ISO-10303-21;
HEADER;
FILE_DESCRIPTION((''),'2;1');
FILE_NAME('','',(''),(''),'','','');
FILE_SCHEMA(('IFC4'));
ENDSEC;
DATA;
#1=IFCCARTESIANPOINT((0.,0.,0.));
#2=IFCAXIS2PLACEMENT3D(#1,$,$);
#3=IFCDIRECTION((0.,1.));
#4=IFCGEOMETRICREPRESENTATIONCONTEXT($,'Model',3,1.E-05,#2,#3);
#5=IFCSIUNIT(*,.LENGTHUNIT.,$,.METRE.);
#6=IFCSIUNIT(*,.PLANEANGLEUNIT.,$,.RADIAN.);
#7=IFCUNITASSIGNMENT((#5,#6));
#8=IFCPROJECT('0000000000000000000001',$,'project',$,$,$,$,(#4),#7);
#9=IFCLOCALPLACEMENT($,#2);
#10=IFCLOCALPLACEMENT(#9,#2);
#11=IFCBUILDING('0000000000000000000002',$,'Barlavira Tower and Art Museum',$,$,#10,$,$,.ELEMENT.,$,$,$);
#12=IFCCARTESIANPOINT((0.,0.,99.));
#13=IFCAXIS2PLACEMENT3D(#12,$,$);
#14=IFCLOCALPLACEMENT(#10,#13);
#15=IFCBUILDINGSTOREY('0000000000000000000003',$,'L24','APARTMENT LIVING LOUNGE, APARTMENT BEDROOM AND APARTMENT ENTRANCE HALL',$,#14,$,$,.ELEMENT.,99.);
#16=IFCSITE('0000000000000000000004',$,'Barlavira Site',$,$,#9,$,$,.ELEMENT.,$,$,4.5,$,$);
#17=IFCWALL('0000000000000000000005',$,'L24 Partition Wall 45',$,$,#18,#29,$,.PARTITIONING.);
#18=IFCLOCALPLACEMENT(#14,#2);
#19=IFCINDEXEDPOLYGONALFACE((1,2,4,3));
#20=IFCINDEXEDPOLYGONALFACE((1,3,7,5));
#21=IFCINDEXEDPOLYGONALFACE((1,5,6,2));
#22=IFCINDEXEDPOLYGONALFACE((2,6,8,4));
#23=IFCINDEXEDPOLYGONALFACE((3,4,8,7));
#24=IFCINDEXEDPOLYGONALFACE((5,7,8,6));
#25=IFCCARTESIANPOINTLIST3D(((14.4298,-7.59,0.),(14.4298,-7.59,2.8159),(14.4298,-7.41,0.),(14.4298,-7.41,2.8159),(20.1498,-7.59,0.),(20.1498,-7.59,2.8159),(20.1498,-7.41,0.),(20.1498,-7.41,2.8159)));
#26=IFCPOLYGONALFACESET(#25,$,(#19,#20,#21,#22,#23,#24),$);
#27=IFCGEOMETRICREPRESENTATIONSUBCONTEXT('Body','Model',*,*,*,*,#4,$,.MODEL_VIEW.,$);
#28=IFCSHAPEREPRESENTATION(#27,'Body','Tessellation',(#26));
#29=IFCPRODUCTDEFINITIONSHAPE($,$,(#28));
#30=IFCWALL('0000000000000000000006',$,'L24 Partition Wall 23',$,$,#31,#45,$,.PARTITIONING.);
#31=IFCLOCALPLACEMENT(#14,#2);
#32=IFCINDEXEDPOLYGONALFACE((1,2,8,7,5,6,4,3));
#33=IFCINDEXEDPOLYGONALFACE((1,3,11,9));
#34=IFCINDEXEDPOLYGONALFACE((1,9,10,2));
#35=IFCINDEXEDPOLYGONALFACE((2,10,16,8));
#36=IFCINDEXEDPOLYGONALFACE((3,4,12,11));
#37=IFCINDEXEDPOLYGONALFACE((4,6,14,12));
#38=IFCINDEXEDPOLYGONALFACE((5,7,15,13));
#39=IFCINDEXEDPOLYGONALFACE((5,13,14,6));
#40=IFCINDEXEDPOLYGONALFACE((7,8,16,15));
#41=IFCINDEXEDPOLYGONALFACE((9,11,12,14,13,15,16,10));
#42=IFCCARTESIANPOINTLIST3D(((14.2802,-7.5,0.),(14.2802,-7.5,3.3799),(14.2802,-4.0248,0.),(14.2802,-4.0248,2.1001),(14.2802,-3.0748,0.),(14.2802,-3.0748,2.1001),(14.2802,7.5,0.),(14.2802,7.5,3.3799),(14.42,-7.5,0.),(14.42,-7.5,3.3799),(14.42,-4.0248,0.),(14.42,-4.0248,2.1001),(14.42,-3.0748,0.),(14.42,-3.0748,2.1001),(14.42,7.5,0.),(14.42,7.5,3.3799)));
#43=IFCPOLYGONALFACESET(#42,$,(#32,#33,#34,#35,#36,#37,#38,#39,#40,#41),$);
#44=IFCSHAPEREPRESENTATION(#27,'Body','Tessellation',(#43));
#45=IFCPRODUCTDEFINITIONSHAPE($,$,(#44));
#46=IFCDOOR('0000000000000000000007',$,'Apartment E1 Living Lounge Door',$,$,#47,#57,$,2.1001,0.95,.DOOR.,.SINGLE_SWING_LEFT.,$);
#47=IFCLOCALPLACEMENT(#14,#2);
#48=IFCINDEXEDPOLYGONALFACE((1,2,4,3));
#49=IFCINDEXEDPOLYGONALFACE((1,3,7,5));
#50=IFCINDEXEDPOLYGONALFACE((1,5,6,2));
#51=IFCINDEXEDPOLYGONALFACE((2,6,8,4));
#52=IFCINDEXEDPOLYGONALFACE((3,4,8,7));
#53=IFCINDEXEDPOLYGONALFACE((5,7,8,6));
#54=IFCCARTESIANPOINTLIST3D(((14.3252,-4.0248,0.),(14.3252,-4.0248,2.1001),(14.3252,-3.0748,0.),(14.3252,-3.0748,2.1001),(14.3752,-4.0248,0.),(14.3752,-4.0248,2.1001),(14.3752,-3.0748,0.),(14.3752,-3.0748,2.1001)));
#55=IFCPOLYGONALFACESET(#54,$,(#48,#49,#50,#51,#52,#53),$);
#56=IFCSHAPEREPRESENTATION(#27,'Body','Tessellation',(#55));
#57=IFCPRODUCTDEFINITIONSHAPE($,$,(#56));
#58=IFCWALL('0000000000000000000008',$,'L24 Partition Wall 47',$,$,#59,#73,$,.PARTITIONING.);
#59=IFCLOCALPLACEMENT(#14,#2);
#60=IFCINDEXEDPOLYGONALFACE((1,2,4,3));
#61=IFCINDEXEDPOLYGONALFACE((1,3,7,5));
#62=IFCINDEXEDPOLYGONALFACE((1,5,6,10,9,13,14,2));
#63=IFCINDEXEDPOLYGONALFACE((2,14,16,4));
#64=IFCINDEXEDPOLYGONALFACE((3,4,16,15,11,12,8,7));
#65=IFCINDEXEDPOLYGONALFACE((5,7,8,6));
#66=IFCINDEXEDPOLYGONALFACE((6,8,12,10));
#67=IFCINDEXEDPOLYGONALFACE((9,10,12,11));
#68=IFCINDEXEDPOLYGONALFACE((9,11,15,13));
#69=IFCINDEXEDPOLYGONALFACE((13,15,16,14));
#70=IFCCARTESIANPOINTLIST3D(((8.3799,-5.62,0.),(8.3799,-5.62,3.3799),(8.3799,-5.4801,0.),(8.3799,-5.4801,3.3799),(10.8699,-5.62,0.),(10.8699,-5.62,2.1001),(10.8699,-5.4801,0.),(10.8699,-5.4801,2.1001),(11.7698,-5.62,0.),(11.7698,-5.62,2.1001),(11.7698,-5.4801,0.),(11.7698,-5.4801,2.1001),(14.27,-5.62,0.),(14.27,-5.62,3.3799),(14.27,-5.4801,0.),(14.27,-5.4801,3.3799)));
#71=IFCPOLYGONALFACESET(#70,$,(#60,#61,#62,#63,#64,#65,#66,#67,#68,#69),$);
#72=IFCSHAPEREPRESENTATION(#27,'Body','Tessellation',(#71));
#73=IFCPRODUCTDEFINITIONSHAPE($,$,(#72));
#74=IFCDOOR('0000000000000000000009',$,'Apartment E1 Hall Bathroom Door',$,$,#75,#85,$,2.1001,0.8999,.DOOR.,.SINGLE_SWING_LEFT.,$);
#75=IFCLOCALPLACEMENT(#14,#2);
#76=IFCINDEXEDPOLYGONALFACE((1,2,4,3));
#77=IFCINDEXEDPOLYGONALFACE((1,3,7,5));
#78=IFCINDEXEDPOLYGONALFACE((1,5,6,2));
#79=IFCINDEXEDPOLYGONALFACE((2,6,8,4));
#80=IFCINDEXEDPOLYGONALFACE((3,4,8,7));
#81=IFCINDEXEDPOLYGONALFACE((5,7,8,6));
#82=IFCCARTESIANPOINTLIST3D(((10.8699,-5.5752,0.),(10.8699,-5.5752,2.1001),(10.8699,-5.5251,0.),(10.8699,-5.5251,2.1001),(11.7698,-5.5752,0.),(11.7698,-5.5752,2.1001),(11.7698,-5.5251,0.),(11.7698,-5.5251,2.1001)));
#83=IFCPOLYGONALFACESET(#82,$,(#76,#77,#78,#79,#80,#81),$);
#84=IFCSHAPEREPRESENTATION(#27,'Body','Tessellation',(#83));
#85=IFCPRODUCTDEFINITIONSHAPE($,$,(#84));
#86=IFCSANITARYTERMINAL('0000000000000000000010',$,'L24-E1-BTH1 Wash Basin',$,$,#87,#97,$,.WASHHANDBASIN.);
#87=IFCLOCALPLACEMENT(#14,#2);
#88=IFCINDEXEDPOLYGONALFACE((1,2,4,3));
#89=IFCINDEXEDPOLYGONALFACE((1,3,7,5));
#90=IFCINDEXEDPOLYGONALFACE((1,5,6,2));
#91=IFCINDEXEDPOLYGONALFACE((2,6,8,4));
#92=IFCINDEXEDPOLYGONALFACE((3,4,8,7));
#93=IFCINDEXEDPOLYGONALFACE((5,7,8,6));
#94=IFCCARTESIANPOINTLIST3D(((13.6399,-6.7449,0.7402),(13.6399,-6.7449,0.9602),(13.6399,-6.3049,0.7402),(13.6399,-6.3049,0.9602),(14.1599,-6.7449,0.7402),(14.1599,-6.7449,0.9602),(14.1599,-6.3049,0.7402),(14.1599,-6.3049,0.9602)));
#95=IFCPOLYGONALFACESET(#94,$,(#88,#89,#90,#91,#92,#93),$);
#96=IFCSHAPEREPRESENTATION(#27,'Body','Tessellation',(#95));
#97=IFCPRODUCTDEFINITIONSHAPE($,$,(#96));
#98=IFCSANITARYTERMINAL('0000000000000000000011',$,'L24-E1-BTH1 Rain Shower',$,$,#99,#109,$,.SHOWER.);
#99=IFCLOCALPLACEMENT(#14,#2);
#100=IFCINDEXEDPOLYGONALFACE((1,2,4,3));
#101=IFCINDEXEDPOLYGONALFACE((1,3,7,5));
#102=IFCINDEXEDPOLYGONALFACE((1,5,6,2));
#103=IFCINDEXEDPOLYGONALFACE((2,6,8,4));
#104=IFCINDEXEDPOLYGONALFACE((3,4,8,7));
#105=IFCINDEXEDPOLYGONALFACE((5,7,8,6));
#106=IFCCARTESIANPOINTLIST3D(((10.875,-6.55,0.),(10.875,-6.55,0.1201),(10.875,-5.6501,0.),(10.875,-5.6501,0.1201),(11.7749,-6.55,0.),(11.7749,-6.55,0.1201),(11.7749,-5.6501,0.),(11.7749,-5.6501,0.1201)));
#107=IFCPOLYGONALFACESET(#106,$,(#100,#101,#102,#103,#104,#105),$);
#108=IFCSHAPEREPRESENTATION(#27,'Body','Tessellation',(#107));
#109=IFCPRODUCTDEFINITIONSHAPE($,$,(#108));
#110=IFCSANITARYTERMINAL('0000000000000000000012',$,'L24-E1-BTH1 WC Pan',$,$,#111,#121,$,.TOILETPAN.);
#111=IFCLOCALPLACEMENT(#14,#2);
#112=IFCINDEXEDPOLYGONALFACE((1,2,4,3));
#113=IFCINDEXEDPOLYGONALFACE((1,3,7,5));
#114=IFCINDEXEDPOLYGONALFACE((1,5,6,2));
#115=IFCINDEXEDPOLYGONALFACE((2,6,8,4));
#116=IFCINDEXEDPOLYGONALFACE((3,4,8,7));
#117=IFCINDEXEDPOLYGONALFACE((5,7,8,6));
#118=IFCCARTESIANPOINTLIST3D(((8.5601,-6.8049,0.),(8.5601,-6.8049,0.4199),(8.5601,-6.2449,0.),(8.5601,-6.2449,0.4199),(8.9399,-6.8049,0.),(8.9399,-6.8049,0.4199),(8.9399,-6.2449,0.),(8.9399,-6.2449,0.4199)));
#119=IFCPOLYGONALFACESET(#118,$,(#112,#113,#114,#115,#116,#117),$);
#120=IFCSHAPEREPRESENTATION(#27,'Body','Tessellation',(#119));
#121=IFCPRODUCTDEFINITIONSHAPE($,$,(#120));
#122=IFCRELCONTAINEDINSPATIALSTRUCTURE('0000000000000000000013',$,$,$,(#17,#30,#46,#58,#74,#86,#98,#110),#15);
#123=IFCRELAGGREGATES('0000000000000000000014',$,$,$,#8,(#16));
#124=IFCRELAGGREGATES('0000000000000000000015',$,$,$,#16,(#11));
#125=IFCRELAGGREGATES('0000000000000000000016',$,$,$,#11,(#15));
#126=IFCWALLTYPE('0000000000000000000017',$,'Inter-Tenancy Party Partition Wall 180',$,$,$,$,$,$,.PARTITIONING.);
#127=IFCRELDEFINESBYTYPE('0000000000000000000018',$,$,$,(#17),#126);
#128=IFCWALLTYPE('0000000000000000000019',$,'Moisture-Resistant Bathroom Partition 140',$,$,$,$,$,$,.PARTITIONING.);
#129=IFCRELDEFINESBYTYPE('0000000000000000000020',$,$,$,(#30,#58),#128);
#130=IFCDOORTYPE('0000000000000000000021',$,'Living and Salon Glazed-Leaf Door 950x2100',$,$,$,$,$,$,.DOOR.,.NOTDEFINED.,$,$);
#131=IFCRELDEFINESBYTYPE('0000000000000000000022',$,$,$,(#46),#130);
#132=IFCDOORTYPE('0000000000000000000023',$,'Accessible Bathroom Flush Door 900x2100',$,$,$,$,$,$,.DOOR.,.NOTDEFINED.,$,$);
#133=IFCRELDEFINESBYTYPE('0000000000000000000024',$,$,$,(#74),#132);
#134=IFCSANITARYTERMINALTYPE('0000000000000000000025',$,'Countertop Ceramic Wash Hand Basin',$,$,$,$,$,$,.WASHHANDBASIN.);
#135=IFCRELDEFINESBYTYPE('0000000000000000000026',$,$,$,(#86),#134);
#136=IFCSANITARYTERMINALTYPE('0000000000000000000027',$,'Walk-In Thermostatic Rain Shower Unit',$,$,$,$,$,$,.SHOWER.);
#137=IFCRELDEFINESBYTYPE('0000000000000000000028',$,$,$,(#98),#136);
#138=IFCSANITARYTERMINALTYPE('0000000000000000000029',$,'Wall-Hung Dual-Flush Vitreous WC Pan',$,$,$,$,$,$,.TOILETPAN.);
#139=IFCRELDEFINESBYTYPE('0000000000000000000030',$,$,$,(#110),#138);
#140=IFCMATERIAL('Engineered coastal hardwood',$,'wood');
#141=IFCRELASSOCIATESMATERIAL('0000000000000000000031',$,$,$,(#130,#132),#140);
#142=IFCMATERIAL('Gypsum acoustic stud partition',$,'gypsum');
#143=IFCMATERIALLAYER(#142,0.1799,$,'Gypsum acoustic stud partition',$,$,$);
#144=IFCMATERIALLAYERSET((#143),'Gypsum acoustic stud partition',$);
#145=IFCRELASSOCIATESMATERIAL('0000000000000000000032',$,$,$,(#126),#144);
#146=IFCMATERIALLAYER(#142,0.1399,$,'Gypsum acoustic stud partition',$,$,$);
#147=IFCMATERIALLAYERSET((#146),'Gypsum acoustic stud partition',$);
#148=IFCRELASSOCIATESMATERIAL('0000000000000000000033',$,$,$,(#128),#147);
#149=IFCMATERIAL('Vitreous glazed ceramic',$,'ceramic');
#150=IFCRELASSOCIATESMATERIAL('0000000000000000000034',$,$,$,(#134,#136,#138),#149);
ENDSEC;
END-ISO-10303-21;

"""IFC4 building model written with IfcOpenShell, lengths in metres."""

from ifc_helpers import new_model, si_unit, direction, frame, frame_2d, origin, origin_2d, place, context, subcontext, project, spatial, rectangle, extrude, material, layer, layer_set, type_object, element, fill, save


model = new_model("IFC4")

# Units and contexts
model_context = context("Model", 3, precision=1e-05, world=origin(), true_north=direction((0.0, 1.0)))
body_context = subcontext(model_context, "Body", "Model", "MODEL_VIEW")
ifc_project = project(units=[si_unit("LENGTHUNIT", "METRE"), si_unit("PLANEANGLEUNIT", "RADIAN")], contexts=[model_context])

# Site, building, storey
site_placement = place(None, origin())
site = spatial("IfcSite", under=ifc_project, at=site_placement, Name="Barlavira Site", CompositionType="ELEMENT", RefElevation=4.5)
building_placement = place(site_placement, origin())
building = spatial("IfcBuilding", under=site, at=building_placement, Name="Barlavira Tower and Art Museum", CompositionType="ELEMENT")
storey_placement = place(building_placement, frame((0.0, 0.0, 99.0)))
storey = spatial("IfcBuildingStorey", under=building, at=storey_placement, Name="L24", Description="APARTMENT LIVING LOUNGE, APARTMENT BEDROOM AND APARTMENT ENTRANCE HALL", CompositionType="ELEMENT", Elevation=99.0)

# Shared definitions
ifc_material_1 = material(Name="Gypsum acoustic stud partition", Category="gypsum")
ifc_material_2 = material(Name="Engineered coastal hardwood", Category="wood")
door_type_1 = type_object("IfcDoorType", Name="Living and Salon Glazed-Leaf Door 950x2100", OperationType="NOTDEFINED", PredefinedType="DOOR", material=ifc_material_2)

# Wall
ifc_layer_1 = layer(ifc_material_1, 0.1799, Name="Gypsum acoustic stud partition")
ifc_layer_set_1 = layer_set([ifc_layer_1], Name="Gypsum acoustic stud partition")
wall_type_1 = type_object("IfcWallType", Name="Inter-Tenancy Party Partition Wall 180", PredefinedType="PARTITIONING", material=ifc_layer_set_1)
wall_1_placement = place(storey_placement, frame((14.4299, -7.5, 0.0), z_axis=(0.0, 0.0, 1.0), x_axis=(1.0, 0.0, 0.0)))
element("IfcWall", 1, at=wall_1_placement, inside=storey, type_object=wall_type_1, Name="L24 Partition Wall 45", PredefinedType="PARTITIONING", context=body_context, shape_type="SweptSolid", body=[
    extrude(rectangle(XDim=5.72, YDim=0.1799, at=frame_2d((2.8599, 0.0))), origin(), (0.0, 0.0, 1.0), 2.8159),
])

# Walls, openings, doors
ifc_layer_2 = layer(ifc_material_1, 0.1399, Name="Gypsum acoustic stud partition")
ifc_layer_set_2 = layer_set([ifc_layer_2], Name="Gypsum acoustic stud partition")
wall_type_2 = type_object("IfcWallType", Name="Moisture-Resistant Bathroom Partition 140", PredefinedType="PARTITIONING", material=ifc_layer_set_2)
wall_2_placement = place(storey_placement, frame((14.3501, -7.5, 0.0), z_axis=(0.0, 0.0, 1.0), x_axis=(0.0, 1.0, 0.0)))
wall_2 = element("IfcWall", 2, at=wall_2_placement, inside=storey, type_object=wall_type_2, Name="L24 Partition Wall 23", PredefinedType="PARTITIONING", context=body_context, shape_type="SweptSolid", body=[
    extrude(rectangle(XDim=15.0, YDim=0.1399, at=frame_2d((7.5, 0.0))), origin(), (0.0, 0.0, 1.0), 3.3799),
])
opening_1_placement = place(wall_2_placement, frame((3.4751, 0.0, 0.0)))
opening_1 = element("IfcOpeningElement", 3, at=opening_1_placement, cuts=wall_2, PredefinedType="OPENING", context=body_context, shape_type="SweptSolid", body=[
    extrude(rectangle(XDim=0.95, YDim=2.1001, at=frame_2d((0.4751, 1.05))), frame((0.0, 0.0801, 0.0), z_axis=(0.0, -1.0, 0.0), x_axis=(1.0, 0.0, 0.0)), (0.0, 0.0, 1.0), 0.1599),
])
door_1_placement = place(opening_1_placement, origin())
door_1 = element("IfcDoor", 4, at=door_1_placement, inside=storey, type_object=door_type_1, Name="Apartment E1 Living Lounge Door", OperationType="SINGLE_SWING_LEFT", OverallHeight=2.1001, OverallWidth=0.95, PredefinedType="DOOR", context=body_context, shape_type="SweptSolid", body=[
    extrude(rectangle(XDim=0.95, YDim=2.1001, at=frame_2d((0.4751, 1.05))), frame((0.0, 0.0249, 0.0), z_axis=(0.0, -1.0, 0.0), x_axis=(1.0, 0.0, 0.0)), (0.0, 0.0, 1.0), 0.05),
])
fill(opening_1, door_1)
wall_3_placement = place(storey_placement, frame((8.3799, -5.55, 0.0), z_axis=(0.0, 0.0, 1.0), x_axis=(1.0, 0.0, 0.0)))
wall_3 = element("IfcWall", 5, at=wall_3_placement, inside=storey, type_object=wall_type_2, Name="L24 Partition Wall 47", PredefinedType="PARTITIONING", context=body_context, shape_type="SweptSolid", body=[
    extrude(rectangle(XDim=5.8901, YDim=0.1399, at=frame_2d((2.9451, 0.0))), origin(), (0.0, 0.0, 1.0), 3.3799),
])
opening_2_placement = place(wall_3_placement, frame((2.49, 0.0, 0.0)))
opening_2 = element("IfcOpeningElement", 6, at=opening_2_placement, cuts=wall_3, PredefinedType="OPENING", context=body_context, shape_type="SweptSolid", body=[
    extrude(rectangle(XDim=0.8999, YDim=2.1001, at=frame_2d((0.45, 1.05))), frame((0.0, 0.0801, 0.0), z_axis=(0.0, -1.0, 0.0), x_axis=(1.0, 0.0, 0.0)), (0.0, 0.0, 1.0), 0.1599),
])
door_type_2 = type_object("IfcDoorType", Name="Accessible Bathroom Flush Door 900x2100", OperationType="NOTDEFINED", PredefinedType="DOOR", material=ifc_material_2)
door_2_placement = place(opening_2_placement, origin())
door_2 = element("IfcDoor", 7, at=door_2_placement, inside=storey, type_object=door_type_2, Name="Apartment E1 Hall Bathroom Door", OperationType="SINGLE_SWING_LEFT", OverallHeight=2.1001, OverallWidth=0.8999, PredefinedType="DOOR", context=body_context, shape_type="SweptSolid", body=[
    extrude(rectangle(XDim=0.8999, YDim=2.1001, at=frame_2d((0.45, 1.05))), frame((0.0, 0.0249, 0.0), z_axis=(0.0, -1.0, 0.0), x_axis=(1.0, 0.0, 0.0)), (0.0, 0.0, 1.0), 0.05),
])
fill(opening_2, door_2)

# Sanitary terminals
ifc_material_3 = material(Name="Vitreous glazed ceramic", Category="ceramic")
sanitary_terminal_type_1 = type_object("IfcSanitaryTerminalType", Name="Countertop Ceramic Wash Hand Basin", PredefinedType="WASHHANDBASIN", material=ifc_material_3)
sanitary_terminal_1_placement = place(storey_placement, frame((13.8999, -6.5249, 0.7402), z_axis=(0.0, 0.0, 1.0), x_axis=(1.0, 0.0, 0.0)))
element("IfcSanitaryTerminal", 8, at=sanitary_terminal_1_placement, inside=storey, type_object=sanitary_terminal_type_1, Name="L24-E1-BTH1 Wash Basin", PredefinedType="WASHHANDBASIN", context=body_context, shape_type="SweptSolid", body=[
    extrude(rectangle(XDim=0.52, YDim=0.4399, at=origin_2d()), origin(), (0.0, 0.0, 1.0), 0.22),
])
sanitary_terminal_type_2 = type_object("IfcSanitaryTerminalType", Name="Walk-In Thermostatic Rain Shower Unit", PredefinedType="SHOWER", material=ifc_material_3)
sanitary_terminal_2_placement = place(storey_placement, frame((11.325, -6.1001, 0.0), z_axis=(0.0, 0.0, 1.0), x_axis=(1.0, 0.0, 0.0)))
element("IfcSanitaryTerminal", 9, at=sanitary_terminal_2_placement, inside=storey, type_object=sanitary_terminal_type_2, Name="L24-E1-BTH1 Rain Shower", PredefinedType="SHOWER", context=body_context, shape_type="SweptSolid", body=[
    extrude(rectangle(XDim=0.8999, YDim=0.8999, at=origin_2d()), origin(), (0.0, 0.0, 1.0), 0.1201),
])
sanitary_terminal_type_3 = type_object("IfcSanitaryTerminalType", Name="Wall-Hung Dual-Flush Vitreous WC Pan", PredefinedType="TOILETPAN", material=ifc_material_3)
sanitary_terminal_3_placement = place(storey_placement, frame((8.75, -6.5249, 0.0), z_axis=(0.0, 0.0, 1.0), x_axis=(1.0, 0.0, 0.0)))
element("IfcSanitaryTerminal", 10, at=sanitary_terminal_3_placement, inside=storey, type_object=sanitary_terminal_type_3, Name="L24-E1-BTH1 WC Pan", PredefinedType="TOILETPAN", context=body_context, shape_type="SweptSolid", body=[
    extrude(rectangle(XDim=0.3799, YDim=0.5601, at=origin_2d()), origin(), (0.0, 0.0, 1.0), 0.4199),
])

save(model, "model.ifc")
